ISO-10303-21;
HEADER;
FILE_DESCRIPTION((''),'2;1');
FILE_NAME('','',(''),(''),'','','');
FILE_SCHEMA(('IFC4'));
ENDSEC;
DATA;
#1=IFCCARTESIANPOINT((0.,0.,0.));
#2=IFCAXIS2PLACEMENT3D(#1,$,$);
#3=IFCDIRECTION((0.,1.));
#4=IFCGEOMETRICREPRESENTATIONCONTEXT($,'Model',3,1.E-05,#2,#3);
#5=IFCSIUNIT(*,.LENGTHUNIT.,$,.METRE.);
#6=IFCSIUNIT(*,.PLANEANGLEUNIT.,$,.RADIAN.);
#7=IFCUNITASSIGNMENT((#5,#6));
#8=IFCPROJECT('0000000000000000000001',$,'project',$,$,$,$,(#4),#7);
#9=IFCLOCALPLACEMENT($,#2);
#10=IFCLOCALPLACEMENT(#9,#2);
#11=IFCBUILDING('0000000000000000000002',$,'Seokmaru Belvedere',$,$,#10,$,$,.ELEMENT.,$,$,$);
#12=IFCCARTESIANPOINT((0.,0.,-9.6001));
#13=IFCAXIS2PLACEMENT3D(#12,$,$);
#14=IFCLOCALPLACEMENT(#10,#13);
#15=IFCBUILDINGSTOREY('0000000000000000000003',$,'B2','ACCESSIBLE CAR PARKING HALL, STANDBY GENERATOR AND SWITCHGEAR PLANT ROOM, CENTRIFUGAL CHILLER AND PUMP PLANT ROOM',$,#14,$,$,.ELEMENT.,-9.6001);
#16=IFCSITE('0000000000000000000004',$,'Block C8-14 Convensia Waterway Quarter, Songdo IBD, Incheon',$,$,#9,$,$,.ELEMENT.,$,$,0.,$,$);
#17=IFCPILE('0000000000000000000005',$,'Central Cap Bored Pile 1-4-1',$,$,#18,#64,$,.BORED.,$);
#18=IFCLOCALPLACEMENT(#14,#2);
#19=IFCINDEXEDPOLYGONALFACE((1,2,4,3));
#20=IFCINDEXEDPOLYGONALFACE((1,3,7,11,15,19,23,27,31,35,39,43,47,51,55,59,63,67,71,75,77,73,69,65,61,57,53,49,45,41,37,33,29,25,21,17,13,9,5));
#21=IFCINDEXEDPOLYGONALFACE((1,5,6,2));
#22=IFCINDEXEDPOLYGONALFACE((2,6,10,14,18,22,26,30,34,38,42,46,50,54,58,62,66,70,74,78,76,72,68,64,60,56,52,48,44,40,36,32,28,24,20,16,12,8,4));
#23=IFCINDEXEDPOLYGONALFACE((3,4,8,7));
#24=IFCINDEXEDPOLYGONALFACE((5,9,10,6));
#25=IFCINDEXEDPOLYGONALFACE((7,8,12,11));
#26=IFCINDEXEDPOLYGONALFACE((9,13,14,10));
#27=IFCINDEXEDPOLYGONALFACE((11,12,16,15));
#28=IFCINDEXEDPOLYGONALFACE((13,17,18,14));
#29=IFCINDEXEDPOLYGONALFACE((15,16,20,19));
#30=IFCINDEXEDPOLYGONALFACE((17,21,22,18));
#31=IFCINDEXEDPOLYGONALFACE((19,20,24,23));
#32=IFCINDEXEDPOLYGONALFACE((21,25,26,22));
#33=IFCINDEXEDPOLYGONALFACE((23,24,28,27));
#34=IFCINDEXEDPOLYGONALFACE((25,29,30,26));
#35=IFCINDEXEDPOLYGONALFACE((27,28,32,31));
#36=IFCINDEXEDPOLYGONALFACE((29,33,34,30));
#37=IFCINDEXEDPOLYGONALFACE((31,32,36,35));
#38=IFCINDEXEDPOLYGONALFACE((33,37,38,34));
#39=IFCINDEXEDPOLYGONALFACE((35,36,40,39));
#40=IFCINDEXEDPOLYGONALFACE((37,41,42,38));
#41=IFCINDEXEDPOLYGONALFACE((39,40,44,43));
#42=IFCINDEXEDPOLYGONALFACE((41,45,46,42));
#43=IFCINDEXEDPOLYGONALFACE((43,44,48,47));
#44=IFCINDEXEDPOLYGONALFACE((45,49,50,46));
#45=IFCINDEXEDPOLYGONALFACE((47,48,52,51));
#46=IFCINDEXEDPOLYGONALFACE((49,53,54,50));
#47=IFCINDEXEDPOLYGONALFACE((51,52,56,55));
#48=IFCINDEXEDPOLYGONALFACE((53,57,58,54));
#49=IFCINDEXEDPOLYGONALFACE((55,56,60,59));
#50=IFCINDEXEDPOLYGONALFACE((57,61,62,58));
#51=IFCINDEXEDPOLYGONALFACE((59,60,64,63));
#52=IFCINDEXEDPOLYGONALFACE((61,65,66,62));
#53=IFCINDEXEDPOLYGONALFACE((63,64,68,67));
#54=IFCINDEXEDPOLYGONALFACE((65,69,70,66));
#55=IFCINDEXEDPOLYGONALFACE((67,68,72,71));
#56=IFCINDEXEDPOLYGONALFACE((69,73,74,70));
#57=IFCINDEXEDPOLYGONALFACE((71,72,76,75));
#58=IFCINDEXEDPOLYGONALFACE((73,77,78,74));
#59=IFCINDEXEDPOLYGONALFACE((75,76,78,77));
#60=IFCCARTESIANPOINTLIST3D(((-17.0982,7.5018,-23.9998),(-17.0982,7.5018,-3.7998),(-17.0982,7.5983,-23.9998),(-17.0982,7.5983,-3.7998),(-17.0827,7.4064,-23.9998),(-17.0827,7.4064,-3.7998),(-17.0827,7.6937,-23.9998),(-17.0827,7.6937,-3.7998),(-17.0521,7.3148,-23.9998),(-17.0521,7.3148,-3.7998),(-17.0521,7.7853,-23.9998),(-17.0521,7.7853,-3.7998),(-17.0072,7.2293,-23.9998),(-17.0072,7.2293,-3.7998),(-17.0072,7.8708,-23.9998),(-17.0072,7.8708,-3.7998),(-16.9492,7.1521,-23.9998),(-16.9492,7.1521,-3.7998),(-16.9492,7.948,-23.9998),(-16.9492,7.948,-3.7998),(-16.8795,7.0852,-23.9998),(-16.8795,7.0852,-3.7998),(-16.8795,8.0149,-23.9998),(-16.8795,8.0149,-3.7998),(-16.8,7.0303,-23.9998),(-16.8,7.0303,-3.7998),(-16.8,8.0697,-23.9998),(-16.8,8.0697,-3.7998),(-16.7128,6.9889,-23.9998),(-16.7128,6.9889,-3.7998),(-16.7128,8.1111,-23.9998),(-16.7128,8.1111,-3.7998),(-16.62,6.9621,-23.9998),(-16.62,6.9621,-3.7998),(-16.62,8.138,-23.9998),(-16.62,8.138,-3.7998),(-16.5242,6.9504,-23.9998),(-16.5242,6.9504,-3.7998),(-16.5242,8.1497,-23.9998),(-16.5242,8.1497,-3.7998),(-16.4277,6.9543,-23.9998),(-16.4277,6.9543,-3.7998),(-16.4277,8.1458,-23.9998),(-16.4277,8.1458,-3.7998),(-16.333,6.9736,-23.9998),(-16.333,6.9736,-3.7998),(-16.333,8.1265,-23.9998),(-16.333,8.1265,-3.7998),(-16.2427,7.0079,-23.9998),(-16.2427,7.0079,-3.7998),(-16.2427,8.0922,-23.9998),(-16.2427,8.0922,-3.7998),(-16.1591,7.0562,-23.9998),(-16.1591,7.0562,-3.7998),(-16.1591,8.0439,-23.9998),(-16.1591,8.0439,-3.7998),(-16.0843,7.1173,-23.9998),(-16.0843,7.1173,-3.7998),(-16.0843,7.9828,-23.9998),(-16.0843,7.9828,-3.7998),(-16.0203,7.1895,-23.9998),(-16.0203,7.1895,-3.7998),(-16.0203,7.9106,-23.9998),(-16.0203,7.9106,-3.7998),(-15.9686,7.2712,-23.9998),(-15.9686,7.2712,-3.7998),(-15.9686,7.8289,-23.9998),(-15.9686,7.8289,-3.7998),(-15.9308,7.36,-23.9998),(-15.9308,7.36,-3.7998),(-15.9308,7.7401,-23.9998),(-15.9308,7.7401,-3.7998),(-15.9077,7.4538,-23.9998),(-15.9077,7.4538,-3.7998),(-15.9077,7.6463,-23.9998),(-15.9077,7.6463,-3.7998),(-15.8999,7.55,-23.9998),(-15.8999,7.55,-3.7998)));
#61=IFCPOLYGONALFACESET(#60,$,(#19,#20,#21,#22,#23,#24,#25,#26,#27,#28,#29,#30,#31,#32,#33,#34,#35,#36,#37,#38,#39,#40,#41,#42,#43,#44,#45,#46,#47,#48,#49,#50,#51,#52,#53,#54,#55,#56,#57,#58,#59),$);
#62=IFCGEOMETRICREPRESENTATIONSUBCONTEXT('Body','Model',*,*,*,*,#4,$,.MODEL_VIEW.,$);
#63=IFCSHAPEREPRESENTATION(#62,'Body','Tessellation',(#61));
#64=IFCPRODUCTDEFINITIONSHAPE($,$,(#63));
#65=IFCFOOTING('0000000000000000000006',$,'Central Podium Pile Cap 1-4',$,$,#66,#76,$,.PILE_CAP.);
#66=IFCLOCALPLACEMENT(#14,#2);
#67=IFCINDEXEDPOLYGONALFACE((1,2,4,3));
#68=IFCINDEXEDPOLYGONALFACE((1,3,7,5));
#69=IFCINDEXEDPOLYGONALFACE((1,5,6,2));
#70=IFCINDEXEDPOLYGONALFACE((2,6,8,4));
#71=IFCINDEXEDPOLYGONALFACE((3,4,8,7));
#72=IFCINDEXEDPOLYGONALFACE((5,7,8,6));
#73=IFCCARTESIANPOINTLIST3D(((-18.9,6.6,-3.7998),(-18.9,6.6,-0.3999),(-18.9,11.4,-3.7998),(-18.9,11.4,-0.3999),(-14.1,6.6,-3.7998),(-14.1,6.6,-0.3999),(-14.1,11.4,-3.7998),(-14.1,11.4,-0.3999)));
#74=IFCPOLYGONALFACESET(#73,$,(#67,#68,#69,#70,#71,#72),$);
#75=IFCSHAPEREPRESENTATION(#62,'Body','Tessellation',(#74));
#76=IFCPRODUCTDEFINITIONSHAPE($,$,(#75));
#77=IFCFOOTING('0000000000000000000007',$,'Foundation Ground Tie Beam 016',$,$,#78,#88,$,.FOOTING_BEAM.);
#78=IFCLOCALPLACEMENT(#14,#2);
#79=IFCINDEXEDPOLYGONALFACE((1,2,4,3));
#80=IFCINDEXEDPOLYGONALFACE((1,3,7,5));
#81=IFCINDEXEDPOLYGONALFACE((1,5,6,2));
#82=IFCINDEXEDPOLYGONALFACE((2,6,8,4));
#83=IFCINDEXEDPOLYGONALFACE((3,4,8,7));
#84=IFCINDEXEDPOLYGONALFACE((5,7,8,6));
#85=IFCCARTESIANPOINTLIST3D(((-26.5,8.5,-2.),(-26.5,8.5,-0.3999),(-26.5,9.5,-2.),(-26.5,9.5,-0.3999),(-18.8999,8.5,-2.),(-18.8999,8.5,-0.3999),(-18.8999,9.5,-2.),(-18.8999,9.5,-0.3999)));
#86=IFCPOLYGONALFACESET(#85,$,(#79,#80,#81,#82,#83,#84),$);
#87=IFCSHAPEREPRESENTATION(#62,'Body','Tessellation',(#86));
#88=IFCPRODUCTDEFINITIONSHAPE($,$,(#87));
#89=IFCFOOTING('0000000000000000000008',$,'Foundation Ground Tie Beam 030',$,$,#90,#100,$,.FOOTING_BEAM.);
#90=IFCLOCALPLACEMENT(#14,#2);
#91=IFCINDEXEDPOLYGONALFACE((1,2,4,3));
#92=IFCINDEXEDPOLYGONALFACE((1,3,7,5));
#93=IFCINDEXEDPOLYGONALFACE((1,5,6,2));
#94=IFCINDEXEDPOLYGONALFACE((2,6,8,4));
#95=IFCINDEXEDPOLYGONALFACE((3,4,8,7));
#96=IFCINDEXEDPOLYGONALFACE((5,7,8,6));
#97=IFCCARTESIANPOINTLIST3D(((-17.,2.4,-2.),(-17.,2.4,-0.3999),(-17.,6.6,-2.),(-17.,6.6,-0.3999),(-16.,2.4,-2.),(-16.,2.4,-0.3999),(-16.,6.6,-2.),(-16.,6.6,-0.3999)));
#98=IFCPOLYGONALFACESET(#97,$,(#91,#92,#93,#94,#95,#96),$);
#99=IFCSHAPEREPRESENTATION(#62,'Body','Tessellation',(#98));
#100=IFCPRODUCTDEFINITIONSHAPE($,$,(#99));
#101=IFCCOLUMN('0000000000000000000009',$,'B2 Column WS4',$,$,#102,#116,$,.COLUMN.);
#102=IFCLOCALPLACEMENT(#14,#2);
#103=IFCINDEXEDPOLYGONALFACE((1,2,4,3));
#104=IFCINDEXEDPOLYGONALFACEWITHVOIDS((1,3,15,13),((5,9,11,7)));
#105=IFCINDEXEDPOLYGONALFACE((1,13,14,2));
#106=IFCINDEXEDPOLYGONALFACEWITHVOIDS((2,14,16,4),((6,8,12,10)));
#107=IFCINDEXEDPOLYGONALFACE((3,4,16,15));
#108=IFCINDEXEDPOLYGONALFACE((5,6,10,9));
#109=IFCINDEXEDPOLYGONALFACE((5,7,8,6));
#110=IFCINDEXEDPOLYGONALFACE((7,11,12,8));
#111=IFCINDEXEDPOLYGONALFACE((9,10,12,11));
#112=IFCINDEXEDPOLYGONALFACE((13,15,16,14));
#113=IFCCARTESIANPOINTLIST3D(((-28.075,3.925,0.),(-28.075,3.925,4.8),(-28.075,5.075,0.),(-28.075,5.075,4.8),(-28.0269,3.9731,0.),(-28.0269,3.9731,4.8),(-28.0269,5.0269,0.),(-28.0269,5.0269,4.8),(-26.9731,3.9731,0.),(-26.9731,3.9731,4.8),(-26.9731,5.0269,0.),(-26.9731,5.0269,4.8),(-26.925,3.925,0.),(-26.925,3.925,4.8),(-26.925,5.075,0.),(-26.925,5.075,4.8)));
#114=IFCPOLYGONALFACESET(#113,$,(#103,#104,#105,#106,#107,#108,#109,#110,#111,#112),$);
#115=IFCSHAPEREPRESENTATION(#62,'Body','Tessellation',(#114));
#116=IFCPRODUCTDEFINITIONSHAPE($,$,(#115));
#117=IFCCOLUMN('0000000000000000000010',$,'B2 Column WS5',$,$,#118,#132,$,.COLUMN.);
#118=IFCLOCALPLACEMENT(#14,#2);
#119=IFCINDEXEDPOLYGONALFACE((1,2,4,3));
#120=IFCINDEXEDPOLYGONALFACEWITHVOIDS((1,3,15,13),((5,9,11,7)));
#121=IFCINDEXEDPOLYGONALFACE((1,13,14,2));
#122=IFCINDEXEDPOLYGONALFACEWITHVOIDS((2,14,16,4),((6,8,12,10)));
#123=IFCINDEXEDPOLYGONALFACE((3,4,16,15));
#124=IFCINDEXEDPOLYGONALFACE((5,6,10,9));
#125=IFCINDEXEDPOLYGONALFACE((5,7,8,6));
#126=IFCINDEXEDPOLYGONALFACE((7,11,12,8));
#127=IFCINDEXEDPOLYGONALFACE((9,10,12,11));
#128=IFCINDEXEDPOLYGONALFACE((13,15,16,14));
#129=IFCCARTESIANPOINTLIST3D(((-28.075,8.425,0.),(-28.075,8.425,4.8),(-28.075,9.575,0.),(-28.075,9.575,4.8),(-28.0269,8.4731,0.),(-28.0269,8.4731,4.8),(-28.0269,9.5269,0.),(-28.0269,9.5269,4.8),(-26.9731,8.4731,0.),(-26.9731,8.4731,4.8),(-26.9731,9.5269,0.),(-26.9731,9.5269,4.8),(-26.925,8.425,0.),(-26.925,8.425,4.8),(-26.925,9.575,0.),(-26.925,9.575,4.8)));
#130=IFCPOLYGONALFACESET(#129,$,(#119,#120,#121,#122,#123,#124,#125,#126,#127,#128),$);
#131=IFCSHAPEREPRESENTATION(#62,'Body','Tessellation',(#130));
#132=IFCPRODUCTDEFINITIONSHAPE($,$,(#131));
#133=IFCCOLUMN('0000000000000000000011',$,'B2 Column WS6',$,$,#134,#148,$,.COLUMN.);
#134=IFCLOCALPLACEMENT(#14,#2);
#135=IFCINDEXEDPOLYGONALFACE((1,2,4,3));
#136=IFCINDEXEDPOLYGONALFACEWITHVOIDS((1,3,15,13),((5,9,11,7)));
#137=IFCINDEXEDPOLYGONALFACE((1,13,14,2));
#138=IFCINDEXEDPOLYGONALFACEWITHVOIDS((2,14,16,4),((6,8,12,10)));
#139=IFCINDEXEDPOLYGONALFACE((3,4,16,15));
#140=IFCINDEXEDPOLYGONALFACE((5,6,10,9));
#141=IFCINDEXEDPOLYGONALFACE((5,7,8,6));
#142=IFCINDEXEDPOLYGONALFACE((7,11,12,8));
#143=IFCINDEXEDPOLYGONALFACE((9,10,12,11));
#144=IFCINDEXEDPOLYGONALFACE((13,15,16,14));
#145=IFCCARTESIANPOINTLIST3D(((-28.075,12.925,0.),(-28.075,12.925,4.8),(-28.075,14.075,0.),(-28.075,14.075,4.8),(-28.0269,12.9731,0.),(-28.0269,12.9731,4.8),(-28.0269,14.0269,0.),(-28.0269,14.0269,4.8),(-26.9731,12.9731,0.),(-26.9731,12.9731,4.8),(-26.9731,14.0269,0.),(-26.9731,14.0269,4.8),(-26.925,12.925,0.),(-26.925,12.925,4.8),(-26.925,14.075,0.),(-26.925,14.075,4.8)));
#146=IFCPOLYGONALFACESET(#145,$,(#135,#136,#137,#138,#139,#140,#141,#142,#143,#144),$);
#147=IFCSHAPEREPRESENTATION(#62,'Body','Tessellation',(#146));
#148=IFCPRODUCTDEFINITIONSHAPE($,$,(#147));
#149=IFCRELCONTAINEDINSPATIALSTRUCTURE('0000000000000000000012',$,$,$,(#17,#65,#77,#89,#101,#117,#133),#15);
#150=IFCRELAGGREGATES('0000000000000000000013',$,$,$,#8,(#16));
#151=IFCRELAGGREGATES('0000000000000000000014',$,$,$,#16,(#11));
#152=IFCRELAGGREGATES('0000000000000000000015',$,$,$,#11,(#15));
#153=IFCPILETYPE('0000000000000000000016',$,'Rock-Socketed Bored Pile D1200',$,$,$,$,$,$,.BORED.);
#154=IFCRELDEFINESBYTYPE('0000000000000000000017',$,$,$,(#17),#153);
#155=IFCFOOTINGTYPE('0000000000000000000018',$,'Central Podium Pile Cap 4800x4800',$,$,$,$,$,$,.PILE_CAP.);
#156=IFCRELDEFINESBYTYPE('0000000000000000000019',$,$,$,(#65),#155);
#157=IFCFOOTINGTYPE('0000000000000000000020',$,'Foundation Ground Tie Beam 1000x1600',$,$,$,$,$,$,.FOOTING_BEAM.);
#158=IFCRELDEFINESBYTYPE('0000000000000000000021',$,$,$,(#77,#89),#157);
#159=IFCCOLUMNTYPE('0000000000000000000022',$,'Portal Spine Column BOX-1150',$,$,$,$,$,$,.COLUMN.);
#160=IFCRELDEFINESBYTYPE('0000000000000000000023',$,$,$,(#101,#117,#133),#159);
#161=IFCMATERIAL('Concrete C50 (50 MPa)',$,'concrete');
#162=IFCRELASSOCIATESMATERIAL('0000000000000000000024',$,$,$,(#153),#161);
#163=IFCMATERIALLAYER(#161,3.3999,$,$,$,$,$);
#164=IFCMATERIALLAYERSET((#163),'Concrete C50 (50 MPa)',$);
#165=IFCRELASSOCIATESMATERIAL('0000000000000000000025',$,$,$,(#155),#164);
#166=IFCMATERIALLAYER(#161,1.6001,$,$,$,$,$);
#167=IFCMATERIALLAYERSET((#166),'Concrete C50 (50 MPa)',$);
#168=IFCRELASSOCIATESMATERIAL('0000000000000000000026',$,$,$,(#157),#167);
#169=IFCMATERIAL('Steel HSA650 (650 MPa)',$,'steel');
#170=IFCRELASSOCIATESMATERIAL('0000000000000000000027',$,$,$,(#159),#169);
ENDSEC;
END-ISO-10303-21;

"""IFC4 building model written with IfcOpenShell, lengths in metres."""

from ifc_helpers import new_model, si_unit, direction, frame, origin, origin_2d, place, context, subcontext, project, spatial, rectangle, hollow_rectangle, circle, extrude, source, transform, mapped, material, layer, layer_set, material_profile, profile_set, type_object, type_shapes, element, save


model = new_model("IFC4")

# Units and contexts
model_context = context("Model", 3, precision=1e-05, world=origin(), true_north=direction((0.0, 1.0)))
body_context = subcontext(model_context, "Body", "Model", "MODEL_VIEW")
ifc_project = project(units=[si_unit("LENGTHUNIT", "METRE"), si_unit("PLANEANGLEUNIT", "RADIAN")], contexts=[model_context])

# Site, building, storey
site_placement = place(None, origin())
site = spatial("IfcSite", under=ifc_project, at=site_placement, Name="Block C8-14 Convensia Waterway Quarter, Songdo IBD, Incheon", CompositionType="ELEMENT", RefElevation=0.0)
building_placement = place(site_placement, origin())
building = spatial("IfcBuilding", under=site, at=building_placement, Name="Seokmaru Belvedere", CompositionType="ELEMENT")
storey_placement = place(building_placement, frame((0.0, 0.0, -9.6001)))
storey = spatial("IfcBuildingStorey", under=building, at=storey_placement, Name="B2", Description="ACCESSIBLE CAR PARKING HALL, STANDBY GENERATOR AND SWITCHGEAR PLANT ROOM, CENTRIFUGAL CHILLER AND PUMP PLANT ROOM", CompositionType="ELEMENT", Elevation=-9.6001)

# Pile
ifc_material_1 = material(Name="Concrete C50 (50 MPa)", Category="concrete")
ifc_material_profile_1 = material_profile(ifc_material_1, circle(Radius=0.6001, at=origin_2d()), Name="PILE-D1200")
ifc_profile_set_1 = profile_set([ifc_material_profile_1], Name="Concrete C50 (50 MPa)")
pile_type_1 = type_object("IfcPileType", Name="Rock-Socketed Bored Pile D1200", PredefinedType="BORED", material=ifc_profile_set_1)
shared_shape_1 = source(origin(), body_context, "Body", "SweptSolid", [
    extrude(circle(Radius=0.6001, at=origin_2d()), origin(), (0.0, 0.0, 1.0), 20.2),
])
type_shapes(pile_type_1, [shared_shape_1])
for number, where, z_axis, x_axis, name in (
    (1, (-16.5, 7.55, -3.7998), (0.0, 0.0, -1.0), (1.0, 0.0, 0.0), "Central Cap Bored Pile 1-4-1"),
):
    element("IfcPile", number, at=place(storey_placement, frame(where, z_axis=z_axis, x_axis=x_axis)), inside=storey, type_object=pile_type_1, Name=name, PredefinedType="BORED", context=body_context, shape_type="MappedRepresentation", body=[
        mapped(shared_shape_1, transform((0.0, 0.0, 0.0), scale=1.0)),
    ])

# Footings
ifc_layer_1 = layer(ifc_material_1, 3.3999)
ifc_layer_set_1 = layer_set([ifc_layer_1], Name="Concrete C50 (50 MPa)")
footing_type_1 = type_object("IfcFootingType", Name="Central Podium Pile Cap 4800x4800", PredefinedType="PILE_CAP", material=ifc_layer_set_1)
shared_shape_2 = source(origin(), body_context, "Body", "SweptSolid", [
    extrude(rectangle(XDim=4.8, YDim=4.8, at=origin_2d()), origin(), (0.0, 0.0, 1.0), 3.3999),
])
type_shapes(footing_type_1, [shared_shape_2])
footing_1_placement = place(storey_placement, frame((-16.5, 9.0, -3.7998), z_axis=(0.0, 0.0, 1.0), x_axis=(1.0, 0.0, 0.0)))
element("IfcFooting", 2, at=footing_1_placement, inside=storey, type_object=footing_type_1, Name="Central Podium Pile Cap 1-4", PredefinedType="PILE_CAP", context=body_context, shape_type="MappedRepresentation", body=[
    mapped(shared_shape_2, transform((0.0, 0.0, 0.0), scale=1.0)),
])
ifc_layer_2 = layer(ifc_material_1, 1.6001)
ifc_layer_set_2 = layer_set([ifc_layer_2], Name="Concrete C50 (50 MPa)")
footing_type_2 = type_object("IfcFootingType", Name="Foundation Ground Tie Beam 1000x1600", PredefinedType="FOOTING_BEAM", material=ifc_layer_set_2)
shared_shape_3 = source(origin(), body_context, "Body", "SweptSolid", [
    extrude(rectangle(XDim=7.6001, YDim=1.0, at=origin_2d()), origin(), (0.0, 0.0, 1.0), 1.6001),
])
footing_2_placement = place(storey_placement, frame((-22.7, 9.0, -2.0), z_axis=(0.0, 0.0, 1.0), x_axis=(1.0, 0.0, 0.0)))
element("IfcFooting", 3, at=footing_2_placement, inside=storey, type_object=footing_type_2, Name="Foundation Ground Tie Beam 016", PredefinedType="FOOTING_BEAM", context=body_context, shape_type="MappedRepresentation", body=[
    mapped(shared_shape_3, transform((0.0, 0.0, 0.0), scale=1.0)),
])
shared_shape_4 = source(origin(), body_context, "Body", "SweptSolid", [
    extrude(rectangle(XDim=1.0, YDim=4.2, at=origin_2d()), origin(), (0.0, 0.0, 1.0), 1.6001),
])
type_shapes(footing_type_2, [shared_shape_3, shared_shape_4])
footing_3_placement = place(storey_placement, frame((-16.5, 4.5, -2.0), z_axis=(0.0, 0.0, 1.0), x_axis=(1.0, 0.0, 0.0)))
element("IfcFooting", 4, at=footing_3_placement, inside=storey, type_object=footing_type_2, Name="Foundation Ground Tie Beam 030", PredefinedType="FOOTING_BEAM", context=body_context, shape_type="MappedRepresentation", body=[
    mapped(shared_shape_4, transform((0.0, 0.0, 0.0), scale=1.0)),
])

# Columns
ifc_material_2 = material(Name="Steel HSA650 (650 MPa)", Category="steel")
ifc_material_profile_2 = material_profile(ifc_material_2, hollow_rectangle(XDim=1.1499, YDim=1.1499, WallThickness=0.0481, at=origin_2d()), Name="BOX-1150x1150x48")
ifc_profile_set_2 = profile_set([ifc_material_profile_2], Name="Steel HSA650 (650 MPa)")
column_type = type_object("IfcColumnType", Name="Portal Spine Column BOX-1150", PredefinedType="COLUMN", material=ifc_profile_set_2)
shared_shape_5 = source(origin(), body_context, "Body", "SweptSolid", [
    extrude(hollow_rectangle(XDim=1.1499, YDim=1.1499, WallThickness=0.0481, at=origin_2d()), origin(), (0.0, 0.0, 1.0), 4.8),
])
type_shapes(column_type, [shared_shape_5])
for number, where, z_axis, x_axis, name in (
    (5, (-27.5, 4.5, 0.0), (0.0, 0.0, 1.0), (1.0, 0.0, 0.0), "B2 Column WS4"),
    (6, (-27.5, 9.0, 0.0), (0.0, 0.0, 1.0), (1.0, 0.0, 0.0), "B2 Column WS5"),
    (7, (-27.5, 13.5, 0.0), (0.0, 0.0, 1.0), (1.0, 0.0, 0.0), "B2 Column WS6"),
):
    element("IfcColumn", number, at=place(storey_placement, frame(where, z_axis=z_axis, x_axis=x_axis)), inside=storey, type_object=column_type, Name=name, PredefinedType="COLUMN", context=body_context, shape_type="MappedRepresentation", body=[
        mapped(shared_shape_5, transform((0.0, 0.0, 0.0), scale=1.0)),
    ])

save(model, "model.ifc")
